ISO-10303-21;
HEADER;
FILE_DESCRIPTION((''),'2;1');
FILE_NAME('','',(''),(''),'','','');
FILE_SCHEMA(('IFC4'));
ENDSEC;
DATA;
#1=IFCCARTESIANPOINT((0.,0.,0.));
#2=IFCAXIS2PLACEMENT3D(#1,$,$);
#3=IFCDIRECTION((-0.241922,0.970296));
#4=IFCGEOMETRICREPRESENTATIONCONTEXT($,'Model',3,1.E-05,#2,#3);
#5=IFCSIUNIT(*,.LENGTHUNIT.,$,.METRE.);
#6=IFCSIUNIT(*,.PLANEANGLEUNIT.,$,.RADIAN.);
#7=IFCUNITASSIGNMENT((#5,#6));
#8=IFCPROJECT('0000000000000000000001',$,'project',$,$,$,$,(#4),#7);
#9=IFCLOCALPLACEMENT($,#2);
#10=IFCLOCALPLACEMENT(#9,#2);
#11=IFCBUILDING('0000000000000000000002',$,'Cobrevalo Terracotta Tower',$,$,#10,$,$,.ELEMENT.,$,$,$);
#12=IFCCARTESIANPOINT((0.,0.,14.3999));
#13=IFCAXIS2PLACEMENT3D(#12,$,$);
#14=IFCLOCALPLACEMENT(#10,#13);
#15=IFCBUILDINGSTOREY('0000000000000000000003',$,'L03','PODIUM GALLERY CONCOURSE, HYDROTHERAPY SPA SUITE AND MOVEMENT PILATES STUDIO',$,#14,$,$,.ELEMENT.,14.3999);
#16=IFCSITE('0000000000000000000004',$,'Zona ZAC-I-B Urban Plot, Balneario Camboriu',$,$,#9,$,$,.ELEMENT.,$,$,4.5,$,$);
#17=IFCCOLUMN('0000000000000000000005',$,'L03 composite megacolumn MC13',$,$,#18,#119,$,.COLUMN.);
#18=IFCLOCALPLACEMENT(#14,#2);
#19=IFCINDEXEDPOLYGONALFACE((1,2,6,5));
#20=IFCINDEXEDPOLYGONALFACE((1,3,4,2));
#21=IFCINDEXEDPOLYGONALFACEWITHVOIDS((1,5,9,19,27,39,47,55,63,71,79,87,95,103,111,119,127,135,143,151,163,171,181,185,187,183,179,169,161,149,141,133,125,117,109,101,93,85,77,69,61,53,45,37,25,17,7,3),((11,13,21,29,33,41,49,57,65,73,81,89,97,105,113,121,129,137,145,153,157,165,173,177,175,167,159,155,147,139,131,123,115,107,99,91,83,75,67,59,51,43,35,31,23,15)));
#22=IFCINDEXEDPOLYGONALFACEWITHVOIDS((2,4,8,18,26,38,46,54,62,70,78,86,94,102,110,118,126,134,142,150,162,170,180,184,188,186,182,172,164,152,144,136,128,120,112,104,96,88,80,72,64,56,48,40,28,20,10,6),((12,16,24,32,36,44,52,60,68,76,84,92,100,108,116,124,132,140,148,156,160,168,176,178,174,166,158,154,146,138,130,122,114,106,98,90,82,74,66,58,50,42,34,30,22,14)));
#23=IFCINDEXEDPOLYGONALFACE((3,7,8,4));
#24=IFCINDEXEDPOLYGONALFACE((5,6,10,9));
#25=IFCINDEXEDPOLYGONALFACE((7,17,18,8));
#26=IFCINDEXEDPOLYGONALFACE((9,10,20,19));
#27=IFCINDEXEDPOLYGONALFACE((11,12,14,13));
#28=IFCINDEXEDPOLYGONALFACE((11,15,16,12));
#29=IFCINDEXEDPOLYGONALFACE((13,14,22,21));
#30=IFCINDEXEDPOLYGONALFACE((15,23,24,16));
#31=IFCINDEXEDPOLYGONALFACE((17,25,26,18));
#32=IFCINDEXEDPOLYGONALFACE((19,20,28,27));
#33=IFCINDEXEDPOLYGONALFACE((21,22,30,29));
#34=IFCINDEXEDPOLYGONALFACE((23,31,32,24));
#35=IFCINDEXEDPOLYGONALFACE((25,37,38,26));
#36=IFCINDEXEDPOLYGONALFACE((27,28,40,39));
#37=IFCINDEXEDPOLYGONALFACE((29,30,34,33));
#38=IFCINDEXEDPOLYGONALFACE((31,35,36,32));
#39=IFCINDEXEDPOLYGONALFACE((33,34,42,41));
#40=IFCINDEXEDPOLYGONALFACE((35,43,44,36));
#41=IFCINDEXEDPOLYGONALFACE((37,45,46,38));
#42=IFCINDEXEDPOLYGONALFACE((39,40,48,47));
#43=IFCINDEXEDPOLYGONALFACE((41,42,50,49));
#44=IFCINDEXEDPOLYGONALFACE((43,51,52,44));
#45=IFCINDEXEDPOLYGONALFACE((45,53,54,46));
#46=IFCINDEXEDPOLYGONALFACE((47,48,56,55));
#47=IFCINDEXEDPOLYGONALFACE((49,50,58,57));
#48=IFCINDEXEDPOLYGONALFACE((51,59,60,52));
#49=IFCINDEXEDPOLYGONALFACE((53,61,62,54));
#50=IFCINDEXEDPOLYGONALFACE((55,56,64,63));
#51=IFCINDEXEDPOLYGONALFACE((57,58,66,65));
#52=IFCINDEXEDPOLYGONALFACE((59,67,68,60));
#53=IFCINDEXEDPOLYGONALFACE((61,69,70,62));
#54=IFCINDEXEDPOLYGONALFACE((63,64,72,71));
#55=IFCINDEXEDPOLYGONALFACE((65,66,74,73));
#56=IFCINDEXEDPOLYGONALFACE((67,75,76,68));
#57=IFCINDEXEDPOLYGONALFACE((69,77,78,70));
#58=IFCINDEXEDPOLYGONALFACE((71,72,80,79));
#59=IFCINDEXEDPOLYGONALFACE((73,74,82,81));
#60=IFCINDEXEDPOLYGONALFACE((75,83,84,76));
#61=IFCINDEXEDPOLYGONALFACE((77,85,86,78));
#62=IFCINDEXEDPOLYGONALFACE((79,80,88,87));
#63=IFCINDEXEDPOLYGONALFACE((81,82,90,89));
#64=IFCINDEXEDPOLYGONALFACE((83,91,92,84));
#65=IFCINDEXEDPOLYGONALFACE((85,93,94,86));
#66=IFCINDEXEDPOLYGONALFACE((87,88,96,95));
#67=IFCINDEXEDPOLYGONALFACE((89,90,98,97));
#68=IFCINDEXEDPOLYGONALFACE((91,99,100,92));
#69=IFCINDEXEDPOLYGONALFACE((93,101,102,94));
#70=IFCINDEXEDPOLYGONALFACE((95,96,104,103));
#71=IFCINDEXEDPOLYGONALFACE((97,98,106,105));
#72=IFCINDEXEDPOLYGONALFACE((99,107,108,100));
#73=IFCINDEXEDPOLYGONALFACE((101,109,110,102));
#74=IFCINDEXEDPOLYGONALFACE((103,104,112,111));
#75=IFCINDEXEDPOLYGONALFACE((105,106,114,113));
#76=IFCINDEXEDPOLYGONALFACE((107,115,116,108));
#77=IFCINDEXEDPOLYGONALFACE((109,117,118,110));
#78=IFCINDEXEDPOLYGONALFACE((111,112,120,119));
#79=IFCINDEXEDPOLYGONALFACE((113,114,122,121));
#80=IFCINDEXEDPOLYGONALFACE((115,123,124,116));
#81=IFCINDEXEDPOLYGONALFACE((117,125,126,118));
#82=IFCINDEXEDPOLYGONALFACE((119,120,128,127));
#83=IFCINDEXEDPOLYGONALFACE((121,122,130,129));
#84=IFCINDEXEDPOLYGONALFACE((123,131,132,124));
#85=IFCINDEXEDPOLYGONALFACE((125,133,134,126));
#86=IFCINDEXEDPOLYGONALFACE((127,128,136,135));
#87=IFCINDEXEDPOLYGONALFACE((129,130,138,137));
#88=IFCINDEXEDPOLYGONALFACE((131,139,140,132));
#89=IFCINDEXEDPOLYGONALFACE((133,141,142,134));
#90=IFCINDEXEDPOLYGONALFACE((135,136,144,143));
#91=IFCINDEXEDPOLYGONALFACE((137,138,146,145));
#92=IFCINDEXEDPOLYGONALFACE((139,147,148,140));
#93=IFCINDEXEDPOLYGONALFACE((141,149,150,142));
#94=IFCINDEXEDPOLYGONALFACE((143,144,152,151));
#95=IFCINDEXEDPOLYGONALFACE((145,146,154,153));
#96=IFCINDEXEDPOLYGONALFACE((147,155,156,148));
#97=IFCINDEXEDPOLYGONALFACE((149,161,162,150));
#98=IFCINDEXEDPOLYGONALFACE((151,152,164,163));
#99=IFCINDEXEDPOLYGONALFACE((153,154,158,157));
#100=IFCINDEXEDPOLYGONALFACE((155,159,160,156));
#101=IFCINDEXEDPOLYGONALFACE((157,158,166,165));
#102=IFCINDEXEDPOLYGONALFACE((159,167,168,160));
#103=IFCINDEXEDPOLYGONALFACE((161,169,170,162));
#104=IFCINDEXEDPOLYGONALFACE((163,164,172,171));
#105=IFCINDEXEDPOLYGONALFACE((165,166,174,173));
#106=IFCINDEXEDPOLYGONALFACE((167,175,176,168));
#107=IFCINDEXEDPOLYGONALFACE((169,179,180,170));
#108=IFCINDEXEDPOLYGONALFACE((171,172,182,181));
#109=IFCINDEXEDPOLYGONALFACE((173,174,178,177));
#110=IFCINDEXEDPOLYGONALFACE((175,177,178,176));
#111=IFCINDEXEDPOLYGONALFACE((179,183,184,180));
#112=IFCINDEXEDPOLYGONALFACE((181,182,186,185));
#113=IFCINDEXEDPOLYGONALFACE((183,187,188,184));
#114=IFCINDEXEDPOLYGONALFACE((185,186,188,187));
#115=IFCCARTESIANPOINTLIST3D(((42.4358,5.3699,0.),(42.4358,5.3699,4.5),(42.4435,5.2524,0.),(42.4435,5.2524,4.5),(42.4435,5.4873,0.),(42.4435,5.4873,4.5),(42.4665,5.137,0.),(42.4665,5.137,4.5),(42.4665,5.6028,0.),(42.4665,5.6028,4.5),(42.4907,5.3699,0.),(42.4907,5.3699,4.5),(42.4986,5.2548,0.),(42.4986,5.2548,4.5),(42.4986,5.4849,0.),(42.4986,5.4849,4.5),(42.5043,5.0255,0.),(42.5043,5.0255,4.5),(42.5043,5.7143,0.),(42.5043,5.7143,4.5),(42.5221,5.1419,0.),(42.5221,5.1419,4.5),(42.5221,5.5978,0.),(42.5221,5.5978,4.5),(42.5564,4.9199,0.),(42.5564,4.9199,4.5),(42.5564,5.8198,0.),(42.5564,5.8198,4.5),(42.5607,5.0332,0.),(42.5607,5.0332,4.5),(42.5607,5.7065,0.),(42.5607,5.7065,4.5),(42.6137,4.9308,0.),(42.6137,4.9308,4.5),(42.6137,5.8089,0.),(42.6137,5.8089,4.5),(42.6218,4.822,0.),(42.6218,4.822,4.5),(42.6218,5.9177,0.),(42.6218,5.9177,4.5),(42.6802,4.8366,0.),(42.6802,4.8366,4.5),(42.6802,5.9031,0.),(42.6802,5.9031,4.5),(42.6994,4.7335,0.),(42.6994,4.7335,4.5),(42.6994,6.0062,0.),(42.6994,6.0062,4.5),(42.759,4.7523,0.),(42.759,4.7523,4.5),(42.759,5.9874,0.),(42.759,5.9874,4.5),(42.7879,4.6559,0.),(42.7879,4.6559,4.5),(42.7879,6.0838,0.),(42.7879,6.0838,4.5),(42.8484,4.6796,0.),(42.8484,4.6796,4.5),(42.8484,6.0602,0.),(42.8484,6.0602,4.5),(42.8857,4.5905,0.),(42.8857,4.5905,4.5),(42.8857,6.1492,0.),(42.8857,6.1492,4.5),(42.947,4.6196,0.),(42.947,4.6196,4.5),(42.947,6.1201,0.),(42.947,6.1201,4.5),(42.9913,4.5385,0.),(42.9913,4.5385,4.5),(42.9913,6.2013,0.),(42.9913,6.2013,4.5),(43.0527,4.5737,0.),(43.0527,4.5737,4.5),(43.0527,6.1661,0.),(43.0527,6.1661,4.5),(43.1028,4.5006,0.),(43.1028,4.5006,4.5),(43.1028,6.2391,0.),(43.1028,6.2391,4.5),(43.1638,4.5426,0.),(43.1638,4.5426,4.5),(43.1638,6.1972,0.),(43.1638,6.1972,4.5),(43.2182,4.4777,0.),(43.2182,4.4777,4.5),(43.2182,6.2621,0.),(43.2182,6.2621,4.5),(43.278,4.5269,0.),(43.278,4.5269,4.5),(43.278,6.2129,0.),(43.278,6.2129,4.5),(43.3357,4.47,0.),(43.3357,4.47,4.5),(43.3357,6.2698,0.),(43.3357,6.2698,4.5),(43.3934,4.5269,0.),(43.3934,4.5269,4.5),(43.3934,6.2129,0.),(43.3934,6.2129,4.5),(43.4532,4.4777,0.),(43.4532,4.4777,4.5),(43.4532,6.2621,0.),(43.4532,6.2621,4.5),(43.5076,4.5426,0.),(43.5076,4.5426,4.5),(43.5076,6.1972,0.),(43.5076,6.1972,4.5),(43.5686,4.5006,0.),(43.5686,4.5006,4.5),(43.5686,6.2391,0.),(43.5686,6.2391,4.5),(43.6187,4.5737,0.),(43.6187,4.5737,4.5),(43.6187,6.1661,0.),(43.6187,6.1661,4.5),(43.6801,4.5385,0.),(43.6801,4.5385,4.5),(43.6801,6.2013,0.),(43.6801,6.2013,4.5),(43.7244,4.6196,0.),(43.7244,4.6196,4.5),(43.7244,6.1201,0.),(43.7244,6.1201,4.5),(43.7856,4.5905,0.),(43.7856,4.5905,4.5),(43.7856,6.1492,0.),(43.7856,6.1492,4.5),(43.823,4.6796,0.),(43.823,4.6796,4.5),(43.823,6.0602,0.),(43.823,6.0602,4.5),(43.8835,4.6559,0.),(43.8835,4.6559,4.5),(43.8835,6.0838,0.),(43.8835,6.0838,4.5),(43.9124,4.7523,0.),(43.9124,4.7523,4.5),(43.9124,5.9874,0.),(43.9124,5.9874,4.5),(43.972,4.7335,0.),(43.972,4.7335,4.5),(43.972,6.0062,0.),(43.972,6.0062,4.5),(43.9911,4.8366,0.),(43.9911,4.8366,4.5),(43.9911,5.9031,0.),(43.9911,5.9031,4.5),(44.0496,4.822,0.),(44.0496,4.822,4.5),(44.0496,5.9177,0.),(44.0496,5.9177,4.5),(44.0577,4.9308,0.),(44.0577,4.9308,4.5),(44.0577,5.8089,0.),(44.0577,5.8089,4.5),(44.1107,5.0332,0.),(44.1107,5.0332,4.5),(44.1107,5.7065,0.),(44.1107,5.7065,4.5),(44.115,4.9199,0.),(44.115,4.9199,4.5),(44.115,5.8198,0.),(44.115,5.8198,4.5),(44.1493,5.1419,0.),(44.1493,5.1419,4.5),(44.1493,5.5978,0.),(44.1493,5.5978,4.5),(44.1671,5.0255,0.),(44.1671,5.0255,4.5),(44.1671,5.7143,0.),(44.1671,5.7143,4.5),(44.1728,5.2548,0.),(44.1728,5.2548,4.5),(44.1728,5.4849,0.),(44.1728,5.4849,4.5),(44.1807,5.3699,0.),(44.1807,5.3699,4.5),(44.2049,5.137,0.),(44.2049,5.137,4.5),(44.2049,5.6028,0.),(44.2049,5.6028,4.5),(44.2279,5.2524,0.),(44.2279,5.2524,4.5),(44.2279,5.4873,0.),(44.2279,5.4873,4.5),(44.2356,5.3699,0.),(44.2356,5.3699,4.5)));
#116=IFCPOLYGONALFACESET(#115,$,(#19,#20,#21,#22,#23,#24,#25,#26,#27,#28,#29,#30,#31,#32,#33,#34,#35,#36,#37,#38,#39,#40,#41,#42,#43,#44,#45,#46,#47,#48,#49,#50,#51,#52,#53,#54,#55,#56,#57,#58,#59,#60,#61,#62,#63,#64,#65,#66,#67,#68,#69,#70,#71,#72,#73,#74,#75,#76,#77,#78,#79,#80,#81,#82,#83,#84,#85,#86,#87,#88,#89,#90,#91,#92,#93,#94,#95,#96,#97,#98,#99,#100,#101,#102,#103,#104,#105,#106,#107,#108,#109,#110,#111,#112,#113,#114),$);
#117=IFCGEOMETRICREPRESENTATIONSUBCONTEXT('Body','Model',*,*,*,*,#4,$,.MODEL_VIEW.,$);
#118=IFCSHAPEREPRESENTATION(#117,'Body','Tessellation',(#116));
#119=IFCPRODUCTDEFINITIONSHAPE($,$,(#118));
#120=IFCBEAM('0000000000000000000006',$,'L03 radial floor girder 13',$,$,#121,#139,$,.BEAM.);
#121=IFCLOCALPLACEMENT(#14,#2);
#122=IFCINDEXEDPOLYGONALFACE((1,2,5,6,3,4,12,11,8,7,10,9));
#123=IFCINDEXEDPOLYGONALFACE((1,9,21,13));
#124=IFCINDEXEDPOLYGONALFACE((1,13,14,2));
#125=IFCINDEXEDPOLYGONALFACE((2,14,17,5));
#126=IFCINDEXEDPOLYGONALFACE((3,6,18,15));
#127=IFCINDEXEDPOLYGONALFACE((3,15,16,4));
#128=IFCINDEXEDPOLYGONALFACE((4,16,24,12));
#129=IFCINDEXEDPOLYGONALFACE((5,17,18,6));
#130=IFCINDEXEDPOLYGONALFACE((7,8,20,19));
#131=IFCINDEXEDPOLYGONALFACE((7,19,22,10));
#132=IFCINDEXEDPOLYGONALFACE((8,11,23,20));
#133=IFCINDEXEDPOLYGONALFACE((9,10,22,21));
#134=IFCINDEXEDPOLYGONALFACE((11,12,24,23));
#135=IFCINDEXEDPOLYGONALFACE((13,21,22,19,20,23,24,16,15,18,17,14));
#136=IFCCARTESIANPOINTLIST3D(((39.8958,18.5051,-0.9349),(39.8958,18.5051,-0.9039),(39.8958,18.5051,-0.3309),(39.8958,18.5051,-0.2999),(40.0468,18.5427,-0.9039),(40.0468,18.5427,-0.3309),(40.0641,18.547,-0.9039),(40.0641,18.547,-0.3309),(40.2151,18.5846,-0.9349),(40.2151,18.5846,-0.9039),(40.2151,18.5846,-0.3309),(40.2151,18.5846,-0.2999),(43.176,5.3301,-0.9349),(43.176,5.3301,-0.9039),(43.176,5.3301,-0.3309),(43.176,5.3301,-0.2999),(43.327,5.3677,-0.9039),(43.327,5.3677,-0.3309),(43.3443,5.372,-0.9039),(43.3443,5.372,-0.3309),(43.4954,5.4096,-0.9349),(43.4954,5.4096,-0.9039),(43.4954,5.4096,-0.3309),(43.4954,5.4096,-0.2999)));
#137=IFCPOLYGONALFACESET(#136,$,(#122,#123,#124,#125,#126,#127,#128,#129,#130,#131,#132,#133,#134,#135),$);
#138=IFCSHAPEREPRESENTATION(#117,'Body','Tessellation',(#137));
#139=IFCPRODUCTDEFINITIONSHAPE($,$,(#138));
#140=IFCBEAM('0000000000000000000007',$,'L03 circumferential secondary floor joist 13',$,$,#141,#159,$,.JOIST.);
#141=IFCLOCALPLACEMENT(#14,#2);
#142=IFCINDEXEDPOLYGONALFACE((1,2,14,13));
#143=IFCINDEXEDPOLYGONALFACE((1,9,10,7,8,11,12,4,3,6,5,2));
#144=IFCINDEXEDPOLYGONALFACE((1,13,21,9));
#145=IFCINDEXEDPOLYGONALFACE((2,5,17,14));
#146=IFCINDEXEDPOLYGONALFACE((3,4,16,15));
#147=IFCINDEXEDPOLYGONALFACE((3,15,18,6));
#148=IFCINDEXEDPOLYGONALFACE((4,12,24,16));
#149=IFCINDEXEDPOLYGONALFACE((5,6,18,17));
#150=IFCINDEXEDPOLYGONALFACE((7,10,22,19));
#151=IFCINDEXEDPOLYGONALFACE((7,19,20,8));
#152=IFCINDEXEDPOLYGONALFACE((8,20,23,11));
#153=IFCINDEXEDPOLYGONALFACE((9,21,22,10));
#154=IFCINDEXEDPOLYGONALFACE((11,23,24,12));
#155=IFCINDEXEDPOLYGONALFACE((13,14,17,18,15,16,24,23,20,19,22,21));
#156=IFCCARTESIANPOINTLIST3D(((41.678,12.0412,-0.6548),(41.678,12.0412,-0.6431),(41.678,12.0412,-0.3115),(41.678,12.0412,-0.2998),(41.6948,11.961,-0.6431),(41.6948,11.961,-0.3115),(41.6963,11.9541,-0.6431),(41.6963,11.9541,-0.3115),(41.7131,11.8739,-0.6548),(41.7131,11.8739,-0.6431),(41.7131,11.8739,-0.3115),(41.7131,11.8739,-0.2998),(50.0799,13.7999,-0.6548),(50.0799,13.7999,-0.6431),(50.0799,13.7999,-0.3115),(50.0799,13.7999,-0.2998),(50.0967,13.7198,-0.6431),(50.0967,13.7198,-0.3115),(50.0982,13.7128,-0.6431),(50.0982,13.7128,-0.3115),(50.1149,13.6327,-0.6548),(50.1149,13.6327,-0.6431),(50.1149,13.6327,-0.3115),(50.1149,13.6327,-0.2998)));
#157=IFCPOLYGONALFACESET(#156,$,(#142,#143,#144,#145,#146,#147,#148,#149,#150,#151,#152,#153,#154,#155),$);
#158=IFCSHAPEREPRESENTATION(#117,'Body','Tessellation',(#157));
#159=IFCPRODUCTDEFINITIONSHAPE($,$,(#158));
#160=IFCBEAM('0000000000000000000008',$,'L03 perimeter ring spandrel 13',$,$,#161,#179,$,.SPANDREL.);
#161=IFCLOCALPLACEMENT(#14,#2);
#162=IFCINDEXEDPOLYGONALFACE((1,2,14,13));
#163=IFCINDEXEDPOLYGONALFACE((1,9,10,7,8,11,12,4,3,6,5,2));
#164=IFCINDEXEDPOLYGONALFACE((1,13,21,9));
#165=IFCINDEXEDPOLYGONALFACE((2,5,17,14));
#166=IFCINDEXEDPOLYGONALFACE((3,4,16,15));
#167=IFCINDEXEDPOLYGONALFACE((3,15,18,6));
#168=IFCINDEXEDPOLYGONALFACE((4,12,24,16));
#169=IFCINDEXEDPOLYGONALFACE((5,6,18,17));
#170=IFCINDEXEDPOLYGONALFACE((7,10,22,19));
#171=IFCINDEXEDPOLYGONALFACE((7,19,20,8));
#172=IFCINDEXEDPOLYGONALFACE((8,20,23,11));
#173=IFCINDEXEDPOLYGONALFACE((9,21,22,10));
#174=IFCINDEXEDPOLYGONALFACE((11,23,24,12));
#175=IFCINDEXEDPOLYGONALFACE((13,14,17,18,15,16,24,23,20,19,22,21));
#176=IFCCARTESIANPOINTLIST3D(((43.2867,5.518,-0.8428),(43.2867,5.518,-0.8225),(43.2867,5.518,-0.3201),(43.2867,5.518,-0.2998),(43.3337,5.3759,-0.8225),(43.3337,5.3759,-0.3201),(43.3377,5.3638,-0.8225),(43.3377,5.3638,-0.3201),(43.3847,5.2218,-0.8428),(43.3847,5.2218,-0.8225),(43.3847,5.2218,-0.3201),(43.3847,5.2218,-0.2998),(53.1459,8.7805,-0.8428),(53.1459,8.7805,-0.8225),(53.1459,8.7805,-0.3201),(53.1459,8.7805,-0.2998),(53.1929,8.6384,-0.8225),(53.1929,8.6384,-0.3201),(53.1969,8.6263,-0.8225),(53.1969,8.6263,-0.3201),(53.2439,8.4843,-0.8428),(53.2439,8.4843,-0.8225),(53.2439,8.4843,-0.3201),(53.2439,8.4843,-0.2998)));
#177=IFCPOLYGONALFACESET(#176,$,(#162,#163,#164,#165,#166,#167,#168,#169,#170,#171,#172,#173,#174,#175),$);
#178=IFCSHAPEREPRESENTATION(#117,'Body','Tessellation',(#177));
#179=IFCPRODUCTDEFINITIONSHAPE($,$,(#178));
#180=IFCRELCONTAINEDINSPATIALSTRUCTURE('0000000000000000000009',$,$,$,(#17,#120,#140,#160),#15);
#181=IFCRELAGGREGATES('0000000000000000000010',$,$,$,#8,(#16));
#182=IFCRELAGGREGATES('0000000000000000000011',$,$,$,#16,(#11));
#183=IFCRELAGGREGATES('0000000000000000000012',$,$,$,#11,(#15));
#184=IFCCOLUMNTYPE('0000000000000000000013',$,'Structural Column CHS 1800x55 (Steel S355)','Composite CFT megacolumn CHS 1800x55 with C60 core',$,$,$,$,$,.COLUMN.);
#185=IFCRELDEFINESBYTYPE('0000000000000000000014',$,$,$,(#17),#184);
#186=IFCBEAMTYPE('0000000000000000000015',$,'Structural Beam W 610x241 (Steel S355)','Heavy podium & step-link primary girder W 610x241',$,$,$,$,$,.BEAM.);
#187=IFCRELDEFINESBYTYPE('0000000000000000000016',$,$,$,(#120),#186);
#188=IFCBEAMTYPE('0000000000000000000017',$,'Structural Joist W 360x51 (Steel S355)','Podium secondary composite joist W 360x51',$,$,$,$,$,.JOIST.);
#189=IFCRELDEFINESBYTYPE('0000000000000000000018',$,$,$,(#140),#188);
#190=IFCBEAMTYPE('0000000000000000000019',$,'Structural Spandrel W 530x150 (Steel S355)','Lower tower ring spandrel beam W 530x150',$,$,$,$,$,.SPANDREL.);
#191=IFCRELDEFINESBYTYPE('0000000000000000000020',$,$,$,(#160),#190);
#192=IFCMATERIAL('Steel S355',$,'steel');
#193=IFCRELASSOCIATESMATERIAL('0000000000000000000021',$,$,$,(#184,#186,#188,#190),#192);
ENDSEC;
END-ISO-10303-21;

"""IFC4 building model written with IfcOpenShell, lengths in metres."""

from ifc_helpers import new_model, si_unit, direction, frame, origin, origin_2d, place, context, subcontext, project, spatial, hollow_circle, i_section, extrude, material, material_profile, profile_set, type_object, element, save


model = new_model("IFC4")

# Units and contexts
model_context = context("Model", 3, precision=1e-05, world=origin(), true_north=direction((-0.241922, 0.970296)))
body_context = subcontext(model_context, "Body", "Model", "MODEL_VIEW")
ifc_project = project(units=[si_unit("LENGTHUNIT", "METRE"), si_unit("PLANEANGLEUNIT", "RADIAN")], contexts=[model_context])

# Site, building, storey
site_placement = place(None, origin())
site = spatial("IfcSite", under=ifc_project, at=site_placement, Name="Zona ZAC-I-B Urban Plot, Balneario Camboriu", CompositionType="ELEMENT", RefElevation=4.5)
building_placement = place(site_placement, origin())
building = spatial("IfcBuilding", under=site, at=building_placement, Name="Cobrevalo Terracotta Tower", CompositionType="ELEMENT")
storey_placement = place(building_placement, frame((0.0, 0.0, 14.3999)))
storey = spatial("IfcBuildingStorey", under=building, at=storey_placement, Name="L03", Description="PODIUM GALLERY CONCOURSE, HYDROTHERAPY SPA SUITE AND MOVEMENT PILATES STUDIO", CompositionType="ELEMENT", Elevation=14.3999)

# Column
ifc_material_1 = material(Name="Steel S355", Category="steel")
ifc_material_profile_1 = material_profile(ifc_material_1, hollow_circle(Radius=0.8999, WallThickness=0.0549, at=origin_2d()), Name="CHS 1800x55")
ifc_profile_set_1 = profile_set([ifc_material_profile_1], Name="Steel S355")
column_type = type_object("IfcColumnType", Name="Structural Column CHS 1800x55 (Steel S355)", Description="Composite CFT megacolumn CHS 1800x55 with C60 core", PredefinedType="COLUMN", material=ifc_profile_set_1)
column_placement = place(storey_placement, frame((43.3357, 5.3699, 0.0), z_axis=(0.0, 0.0, 1.0), x_axis=(1.0, 0.0, 0.0)))
element("IfcColumn", 1, at=column_placement, inside=storey, type_object=column_type, Name="L03 composite megacolumn MC13", PredefinedType="COLUMN", context=body_context, shape_type="SweptSolid", body=[
    extrude(hollow_circle(Radius=0.8999, WallThickness=0.0549, at=origin_2d()), origin(), (0.0, 0.0, 1.0), 4.5),
])

# Beams
ifc_material_profile_2 = material_profile(ifc_material_1, i_section(OverallWidth=0.3291, OverallDepth=0.635, WebThickness=0.0178, FlangeThickness=0.031, at=origin_2d()), Name="W 610x241")
ifc_profile_set_2 = profile_set([ifc_material_profile_2], Name="Steel S355")
beam_type_1 = type_object("IfcBeamType", Name="Structural Beam W 610x241 (Steel S355)", Description="Heavy podium & step-link primary girder W 610x241", PredefinedType="BEAM", material=ifc_profile_set_2)
beam_1_placement = place(storey_placement, frame((43.3357, 5.3699, -0.6174), z_axis=(-0.2416, 0.970376, 0.0), x_axis=(-0.970376, -0.2416, 0.0)))
element("IfcBeam", 2, at=beam_1_placement, inside=storey, type_object=beam_type_1, Name="L03 radial floor girder 13", PredefinedType="BEAM", context=body_context, shape_type="SweptSolid", body=[
    extrude(i_section(OverallWidth=0.3291, OverallDepth=0.635, WebThickness=0.0178, FlangeThickness=0.031, at=origin_2d()), origin(), (0.0, 0.0, 1.0), 13.5771),
])
ifc_material_profile_3 = material_profile(ifc_material_1, i_section(OverallWidth=0.1709, OverallDepth=0.355, WebThickness=0.0071, FlangeThickness=0.0117, at=origin_2d()), Name="W 360x51")
ifc_profile_set_3 = profile_set([ifc_material_profile_3], Name="Steel S355")
beam_type_2 = type_object("IfcBeamType", Name="Structural Joist W 360x51 (Steel S355)", Description="Podium secondary composite joist W 360x51", PredefinedType="JOIST", material=ifc_profile_set_3)
beam_2_placement = place(storey_placement, frame((41.6956, 11.9575, -0.4773), z_axis=(0.978785, 0.204892, 0.0), x_axis=(-0.204892, 0.978785, 0.0)))
element("IfcBeam", 3, at=beam_2_placement, inside=storey, type_object=beam_type_2, Name="L03 circumferential secondary floor joist 13", PredefinedType="JOIST", context=body_context, shape_type="SweptSolid", body=[
    extrude(i_section(OverallWidth=0.1709, OverallDepth=0.355, WebThickness=0.0071, FlangeThickness=0.0117, at=origin_2d()), origin(), (0.0, 0.0, 1.0), 8.584),
])
ifc_material_profile_4 = material_profile(ifc_material_1, i_section(OverallWidth=0.312, OverallDepth=0.543, WebThickness=0.0127, FlangeThickness=0.0203, at=origin_2d()), Name="W 530x150")
ifc_profile_set_4 = profile_set([ifc_material_profile_4], Name="Steel S355")
beam_type_3 = type_object("IfcBeamType", Name="Structural Spandrel W 530x150 (Steel S355)", Description="Lower tower ring spandrel beam W 530x150", PredefinedType="SPANDREL", material=ifc_profile_set_4)
beam_3_placement = place(storey_placement, frame((43.3357, 5.3699, -0.5713), z_axis=(0.949372, 0.314153, 0.0), x_axis=(-0.314153, 0.949372, 0.0)))
element("IfcBeam", 4, at=beam_3_placement, inside=storey, type_object=beam_type_3, Name="L03 perimeter ring spandrel 13", PredefinedType="SPANDREL", context=body_context, shape_type="SweptSolid", body=[
    extrude(i_section(OverallWidth=0.312, OverallDepth=0.543, WebThickness=0.0127, FlangeThickness=0.0203, at=origin_2d()), origin(), (0.0, 0.0, 1.0), 10.385),
])

save(model, "model.ifc")
